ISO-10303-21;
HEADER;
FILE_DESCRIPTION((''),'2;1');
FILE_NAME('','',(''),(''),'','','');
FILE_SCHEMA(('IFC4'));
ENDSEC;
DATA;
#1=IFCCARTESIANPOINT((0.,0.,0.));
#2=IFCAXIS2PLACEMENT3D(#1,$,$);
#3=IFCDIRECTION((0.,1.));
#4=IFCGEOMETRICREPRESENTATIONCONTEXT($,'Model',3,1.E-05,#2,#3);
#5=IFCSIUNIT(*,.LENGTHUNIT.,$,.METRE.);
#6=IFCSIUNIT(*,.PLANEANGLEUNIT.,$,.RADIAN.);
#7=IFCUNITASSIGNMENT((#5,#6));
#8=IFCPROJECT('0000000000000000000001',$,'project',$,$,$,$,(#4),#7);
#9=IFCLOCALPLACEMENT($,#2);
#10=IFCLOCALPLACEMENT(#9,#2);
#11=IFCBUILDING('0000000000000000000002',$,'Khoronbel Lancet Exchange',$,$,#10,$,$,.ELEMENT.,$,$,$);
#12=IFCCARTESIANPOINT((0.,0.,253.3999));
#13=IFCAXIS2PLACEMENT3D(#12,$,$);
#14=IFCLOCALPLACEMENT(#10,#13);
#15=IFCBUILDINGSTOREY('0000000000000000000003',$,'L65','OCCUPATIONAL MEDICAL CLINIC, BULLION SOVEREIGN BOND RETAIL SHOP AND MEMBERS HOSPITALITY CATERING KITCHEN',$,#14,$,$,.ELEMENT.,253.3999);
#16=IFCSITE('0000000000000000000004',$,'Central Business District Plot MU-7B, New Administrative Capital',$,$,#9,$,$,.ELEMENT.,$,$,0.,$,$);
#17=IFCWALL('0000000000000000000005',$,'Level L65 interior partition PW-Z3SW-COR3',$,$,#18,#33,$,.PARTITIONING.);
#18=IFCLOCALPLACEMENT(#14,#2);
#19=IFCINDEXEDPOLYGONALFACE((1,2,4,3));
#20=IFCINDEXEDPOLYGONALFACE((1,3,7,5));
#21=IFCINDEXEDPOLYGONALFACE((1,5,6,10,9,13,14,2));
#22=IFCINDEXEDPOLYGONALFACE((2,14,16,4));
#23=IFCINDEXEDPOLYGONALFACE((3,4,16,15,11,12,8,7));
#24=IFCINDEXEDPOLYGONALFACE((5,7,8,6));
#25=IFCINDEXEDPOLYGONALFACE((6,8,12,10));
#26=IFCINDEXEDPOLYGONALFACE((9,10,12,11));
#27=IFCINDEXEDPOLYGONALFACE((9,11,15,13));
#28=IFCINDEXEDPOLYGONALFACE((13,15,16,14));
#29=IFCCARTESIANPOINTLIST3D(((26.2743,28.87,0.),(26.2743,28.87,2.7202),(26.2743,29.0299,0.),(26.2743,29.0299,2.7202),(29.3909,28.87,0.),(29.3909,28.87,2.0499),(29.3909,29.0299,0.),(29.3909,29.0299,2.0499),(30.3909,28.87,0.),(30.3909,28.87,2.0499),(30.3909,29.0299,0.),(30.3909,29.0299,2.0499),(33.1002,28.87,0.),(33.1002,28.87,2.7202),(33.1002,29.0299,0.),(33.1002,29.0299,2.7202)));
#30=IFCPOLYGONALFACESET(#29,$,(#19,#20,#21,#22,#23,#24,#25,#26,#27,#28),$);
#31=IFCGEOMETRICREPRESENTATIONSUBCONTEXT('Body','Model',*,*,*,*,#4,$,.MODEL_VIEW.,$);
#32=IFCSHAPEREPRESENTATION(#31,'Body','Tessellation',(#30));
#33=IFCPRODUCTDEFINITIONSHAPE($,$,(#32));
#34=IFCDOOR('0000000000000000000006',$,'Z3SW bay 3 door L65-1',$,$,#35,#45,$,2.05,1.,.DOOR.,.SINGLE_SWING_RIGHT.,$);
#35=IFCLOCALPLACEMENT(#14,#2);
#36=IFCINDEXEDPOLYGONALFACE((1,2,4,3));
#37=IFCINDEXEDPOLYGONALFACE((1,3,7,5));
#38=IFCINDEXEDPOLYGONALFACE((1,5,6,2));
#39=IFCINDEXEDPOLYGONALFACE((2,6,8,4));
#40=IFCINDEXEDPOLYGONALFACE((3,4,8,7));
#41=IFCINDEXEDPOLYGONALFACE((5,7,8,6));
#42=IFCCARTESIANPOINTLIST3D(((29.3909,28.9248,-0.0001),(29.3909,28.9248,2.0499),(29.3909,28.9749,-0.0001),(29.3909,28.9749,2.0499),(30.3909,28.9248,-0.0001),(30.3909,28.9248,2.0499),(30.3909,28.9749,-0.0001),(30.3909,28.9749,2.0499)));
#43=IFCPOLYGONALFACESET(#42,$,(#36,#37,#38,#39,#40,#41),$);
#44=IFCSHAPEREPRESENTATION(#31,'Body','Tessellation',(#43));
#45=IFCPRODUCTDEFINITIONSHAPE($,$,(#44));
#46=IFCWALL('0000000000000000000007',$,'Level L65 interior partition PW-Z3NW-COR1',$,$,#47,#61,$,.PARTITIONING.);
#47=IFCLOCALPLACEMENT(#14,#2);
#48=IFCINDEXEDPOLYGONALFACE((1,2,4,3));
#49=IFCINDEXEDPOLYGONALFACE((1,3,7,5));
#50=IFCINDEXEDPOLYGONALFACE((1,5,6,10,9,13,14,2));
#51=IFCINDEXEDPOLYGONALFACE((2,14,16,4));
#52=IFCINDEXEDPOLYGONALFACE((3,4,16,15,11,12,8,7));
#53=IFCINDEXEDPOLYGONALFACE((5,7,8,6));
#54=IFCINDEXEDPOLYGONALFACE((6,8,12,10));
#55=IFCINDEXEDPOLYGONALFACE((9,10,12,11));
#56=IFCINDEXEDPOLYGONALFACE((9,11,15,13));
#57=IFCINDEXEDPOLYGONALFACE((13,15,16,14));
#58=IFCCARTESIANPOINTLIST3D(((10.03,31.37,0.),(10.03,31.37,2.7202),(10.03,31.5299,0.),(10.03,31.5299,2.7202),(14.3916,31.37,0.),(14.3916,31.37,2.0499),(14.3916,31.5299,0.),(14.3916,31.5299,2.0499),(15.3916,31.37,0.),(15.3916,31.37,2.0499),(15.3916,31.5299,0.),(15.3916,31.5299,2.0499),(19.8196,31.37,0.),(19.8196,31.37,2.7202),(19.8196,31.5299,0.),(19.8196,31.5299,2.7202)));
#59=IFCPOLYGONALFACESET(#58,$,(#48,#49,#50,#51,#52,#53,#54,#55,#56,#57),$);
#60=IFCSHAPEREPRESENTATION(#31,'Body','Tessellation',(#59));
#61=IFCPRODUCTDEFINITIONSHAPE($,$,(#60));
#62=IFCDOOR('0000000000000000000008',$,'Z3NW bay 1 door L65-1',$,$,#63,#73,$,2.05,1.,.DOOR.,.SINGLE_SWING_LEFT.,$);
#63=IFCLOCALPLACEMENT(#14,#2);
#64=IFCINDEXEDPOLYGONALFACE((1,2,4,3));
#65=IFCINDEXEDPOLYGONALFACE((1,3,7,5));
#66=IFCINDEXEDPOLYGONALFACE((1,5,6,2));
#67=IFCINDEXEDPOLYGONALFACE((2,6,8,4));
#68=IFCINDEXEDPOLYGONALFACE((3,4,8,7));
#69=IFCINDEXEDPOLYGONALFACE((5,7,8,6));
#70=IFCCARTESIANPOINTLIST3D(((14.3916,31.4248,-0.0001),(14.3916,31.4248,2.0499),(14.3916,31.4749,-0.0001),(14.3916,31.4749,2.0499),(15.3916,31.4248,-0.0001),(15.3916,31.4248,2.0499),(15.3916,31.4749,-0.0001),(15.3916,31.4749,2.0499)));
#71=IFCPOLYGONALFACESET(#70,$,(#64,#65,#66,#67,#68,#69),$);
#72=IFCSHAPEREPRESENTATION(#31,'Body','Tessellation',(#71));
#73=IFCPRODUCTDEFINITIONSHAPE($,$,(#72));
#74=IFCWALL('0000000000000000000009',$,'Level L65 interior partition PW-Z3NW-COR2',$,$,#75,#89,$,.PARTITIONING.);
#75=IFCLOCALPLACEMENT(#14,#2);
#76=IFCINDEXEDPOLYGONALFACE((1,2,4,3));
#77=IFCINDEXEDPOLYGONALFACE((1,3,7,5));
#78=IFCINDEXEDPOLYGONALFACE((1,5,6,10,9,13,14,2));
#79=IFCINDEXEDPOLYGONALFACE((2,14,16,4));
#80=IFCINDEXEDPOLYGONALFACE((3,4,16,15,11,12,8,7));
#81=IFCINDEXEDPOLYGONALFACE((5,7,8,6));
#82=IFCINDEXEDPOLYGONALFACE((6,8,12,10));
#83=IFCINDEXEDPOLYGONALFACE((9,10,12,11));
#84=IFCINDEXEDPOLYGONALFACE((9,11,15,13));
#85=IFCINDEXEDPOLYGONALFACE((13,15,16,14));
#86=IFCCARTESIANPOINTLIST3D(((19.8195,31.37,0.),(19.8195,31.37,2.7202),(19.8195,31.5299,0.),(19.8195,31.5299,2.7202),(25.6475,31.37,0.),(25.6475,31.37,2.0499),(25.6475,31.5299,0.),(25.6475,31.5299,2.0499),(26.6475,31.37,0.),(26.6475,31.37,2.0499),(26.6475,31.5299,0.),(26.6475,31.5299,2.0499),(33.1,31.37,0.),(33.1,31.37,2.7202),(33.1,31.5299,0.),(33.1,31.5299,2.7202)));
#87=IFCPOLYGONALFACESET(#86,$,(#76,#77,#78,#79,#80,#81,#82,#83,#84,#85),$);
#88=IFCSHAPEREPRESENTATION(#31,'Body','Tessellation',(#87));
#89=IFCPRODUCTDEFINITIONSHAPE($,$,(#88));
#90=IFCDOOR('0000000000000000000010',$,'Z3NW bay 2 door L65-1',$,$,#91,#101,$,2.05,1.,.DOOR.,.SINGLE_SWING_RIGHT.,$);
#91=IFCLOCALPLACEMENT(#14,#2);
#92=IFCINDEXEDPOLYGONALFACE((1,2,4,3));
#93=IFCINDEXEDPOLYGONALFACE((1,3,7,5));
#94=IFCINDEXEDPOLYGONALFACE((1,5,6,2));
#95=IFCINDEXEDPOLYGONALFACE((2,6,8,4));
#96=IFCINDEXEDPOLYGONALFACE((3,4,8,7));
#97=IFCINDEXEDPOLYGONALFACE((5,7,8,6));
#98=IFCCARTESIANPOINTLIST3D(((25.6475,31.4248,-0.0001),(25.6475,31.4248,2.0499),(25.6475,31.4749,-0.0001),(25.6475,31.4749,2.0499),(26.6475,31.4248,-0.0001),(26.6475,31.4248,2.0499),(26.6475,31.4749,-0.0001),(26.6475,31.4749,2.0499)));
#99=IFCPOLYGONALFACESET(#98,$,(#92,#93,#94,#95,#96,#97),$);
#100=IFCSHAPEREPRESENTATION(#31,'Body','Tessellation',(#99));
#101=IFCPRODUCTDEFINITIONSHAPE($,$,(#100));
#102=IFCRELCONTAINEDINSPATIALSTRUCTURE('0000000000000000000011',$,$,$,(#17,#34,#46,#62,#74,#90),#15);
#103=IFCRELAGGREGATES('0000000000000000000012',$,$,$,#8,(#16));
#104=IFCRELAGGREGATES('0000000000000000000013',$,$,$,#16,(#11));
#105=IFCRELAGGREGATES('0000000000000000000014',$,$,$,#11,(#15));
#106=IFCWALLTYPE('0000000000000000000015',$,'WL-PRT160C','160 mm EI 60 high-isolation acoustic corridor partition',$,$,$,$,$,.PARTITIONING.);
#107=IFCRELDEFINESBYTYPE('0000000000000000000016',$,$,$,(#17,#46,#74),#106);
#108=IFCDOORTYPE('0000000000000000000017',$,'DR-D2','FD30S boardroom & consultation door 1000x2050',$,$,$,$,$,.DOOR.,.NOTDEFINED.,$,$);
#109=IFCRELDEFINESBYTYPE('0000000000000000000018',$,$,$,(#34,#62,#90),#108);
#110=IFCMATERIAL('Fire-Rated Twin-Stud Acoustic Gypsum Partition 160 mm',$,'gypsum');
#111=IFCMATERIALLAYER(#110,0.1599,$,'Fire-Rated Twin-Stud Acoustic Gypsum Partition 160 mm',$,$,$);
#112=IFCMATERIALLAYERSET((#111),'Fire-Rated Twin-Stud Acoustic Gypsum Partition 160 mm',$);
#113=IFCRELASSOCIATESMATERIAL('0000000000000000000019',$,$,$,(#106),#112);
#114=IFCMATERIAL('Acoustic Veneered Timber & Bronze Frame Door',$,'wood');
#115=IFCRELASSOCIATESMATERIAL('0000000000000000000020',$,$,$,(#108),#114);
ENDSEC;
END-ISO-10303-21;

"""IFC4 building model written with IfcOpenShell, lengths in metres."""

from ifc_helpers import new_model, si_unit, direction, frame, frame_2d, origin, place, context, subcontext, project, spatial, rectangle, extrude, material, layer, layer_set, type_object, element, fill, save


model = new_model("IFC4")

# Units and contexts
model_context = context("Model", 3, precision=1e-05, world=origin(), true_north=direction((0.0, 1.0)))
body_context = subcontext(model_context, "Body", "Model", "MODEL_VIEW")
ifc_project = project(units=[si_unit("LENGTHUNIT", "METRE"), si_unit("PLANEANGLEUNIT", "RADIAN")], contexts=[model_context])

# Site, building, storey
site_placement = place(None, origin())
site = spatial("IfcSite", under=ifc_project, at=site_placement, Name="Central Business District Plot MU-7B, New Administrative Capital", CompositionType="ELEMENT", RefElevation=0.0)
building_placement = place(site_placement, origin())
building = spatial("IfcBuilding", under=site, at=building_placement, Name="Khoronbel Lancet Exchange", CompositionType="ELEMENT")
storey_placement = place(building_placement, frame((0.0, 0.0, 253.3999)))
storey = spatial("IfcBuildingStorey", under=building, at=storey_placement, Name="L65", Description="OCCUPATIONAL MEDICAL CLINIC, BULLION SOVEREIGN BOND RETAIL SHOP AND MEMBERS HOSPITALITY CATERING KITCHEN", CompositionType="ELEMENT", Elevation=253.3999)

# Walls, openings, doors
ifc_material_1 = material(Name="Fire-Rated Twin-Stud Acoustic Gypsum Partition 160 mm", Category="gypsum")
ifc_layer_1 = layer(ifc_material_1, 0.1599, Name="Fire-Rated Twin-Stud Acoustic Gypsum Partition 160 mm")
ifc_layer_set_1 = layer_set([ifc_layer_1], Name="Fire-Rated Twin-Stud Acoustic Gypsum Partition 160 mm")
wall_type_1 = type_object("IfcWallType", Name="WL-PRT160C", Description="160 mm EI 60 high-isolation acoustic corridor partition", PredefinedType="PARTITIONING", material=ifc_layer_set_1)
ifc_material_2 = material(Name="Acoustic Veneered Timber & Bronze Frame Door", Category="wood")
door_type_1 = type_object("IfcDoorType", Name="DR-D2", Description="FD30S boardroom & consultation door 1000x2050", OperationType="NOTDEFINED", PredefinedType="DOOR", material=ifc_material_2)
wall_1_placement = place(storey_placement, frame((26.2742, 28.95, 0.0), z_axis=(0.0, 0.0, 1.0), x_axis=(1.0, 0.0, 0.0)))
wall_1 = element("IfcWall", 1, at=wall_1_placement, inside=storey, type_object=wall_type_1, Name="Level L65 interior partition PW-Z3SW-COR3", PredefinedType="PARTITIONING", context=body_context, shape_type="SweptSolid", body=[
    extrude(rectangle(XDim=6.8259, YDim=0.1599, at=frame_2d((3.4131, 0.0))), origin(), (0.0, 0.0, 1.0), 2.7202),
])
opening_1_placement = place(wall_1_placement, frame((3.1167, 0.0, 0.0)))
opening_1 = element("IfcOpeningElement", 2, at=opening_1_placement, cuts=wall_1, PredefinedType="OPENING", context=body_context, shape_type="SweptSolid", body=[
    extrude(rectangle(XDim=1.0, YDim=2.05, at=frame_2d((0.5, 1.0249))), frame((0.0, 0.0898, 0.0), z_axis=(0.0, -1.0, 0.0), x_axis=(1.0, 0.0, 0.0)), (0.0, 0.0, 1.0), 0.1799),
])
door_1_placement = place(opening_1_placement, origin())
door_1 = element("IfcDoor", 3, at=door_1_placement, inside=storey, type_object=door_type_1, Name="Z3SW bay 3 door L65-1", OperationType="SINGLE_SWING_RIGHT", OverallHeight=2.05, OverallWidth=1.0, PredefinedType="DOOR", context=body_context, shape_type="SweptSolid", body=[
    extrude(rectangle(XDim=1.0, YDim=2.05, at=frame_2d((0.5, 1.0249))), frame((0.0, 0.0249, 0.0), z_axis=(0.0, -1.0, 0.0), x_axis=(1.0, 0.0, 0.0)), (0.0, 0.0, 1.0), 0.05),
])
fill(opening_1, door_1)
wall_2_placement = place(storey_placement, frame((10.03, 31.45, 0.0), z_axis=(0.0, 0.0, 1.0), x_axis=(1.0, 0.0, 0.0)))
wall_2 = element("IfcWall", 4, at=wall_2_placement, inside=storey, type_object=wall_type_1, Name="Level L65 interior partition PW-Z3NW-COR1", PredefinedType="PARTITIONING", context=body_context, shape_type="SweptSolid", body=[
    extrude(rectangle(XDim=9.7896, YDim=0.1599, at=frame_2d((4.8948, 0.0))), origin(), (0.0, 0.0, 1.0), 2.7202),
])
opening_2_placement = place(wall_2_placement, frame((4.3616, 0.0, 0.0)))
opening_2 = element("IfcOpeningElement", 5, at=opening_2_placement, cuts=wall_2, PredefinedType="OPENING", context=body_context, shape_type="SweptSolid", body=[
    extrude(rectangle(XDim=1.0, YDim=2.05, at=frame_2d((0.5, 1.0249))), frame((0.0, 0.0898, 0.0), z_axis=(0.0, -1.0, 0.0), x_axis=(1.0, 0.0, 0.0)), (0.0, 0.0, 1.0), 0.1799),
])
door_2_placement = place(opening_2_placement, origin())
door_2 = element("IfcDoor", 6, at=door_2_placement, inside=storey, type_object=door_type_1, Name="Z3NW bay 1 door L65-1", OperationType="SINGLE_SWING_LEFT", OverallHeight=2.05, OverallWidth=1.0, PredefinedType="DOOR", context=body_context, shape_type="SweptSolid", body=[
    extrude(rectangle(XDim=1.0, YDim=2.05, at=frame_2d((0.5, 1.0249))), frame((0.0, 0.0249, 0.0), z_axis=(0.0, -1.0, 0.0), x_axis=(1.0, 0.0, 0.0)), (0.0, 0.0, 1.0), 0.05),
])
fill(opening_2, door_2)
wall_3_placement = place(storey_placement, frame((19.8196, 31.45, 0.0), z_axis=(0.0, 0.0, 1.0), x_axis=(1.0, 0.0, 0.0)))
wall_3 = element("IfcWall", 7, at=wall_3_placement, inside=storey, type_object=wall_type_1, Name="Level L65 interior partition PW-Z3NW-COR2", PredefinedType="PARTITIONING", context=body_context, shape_type="SweptSolid", body=[
    extrude(rectangle(XDim=13.2805, YDim=0.1599, at=frame_2d((6.6401, 0.0))), origin(), (0.0, 0.0, 1.0), 2.7202),
])
opening_3_placement = place(wall_3_placement, frame((5.8279, 0.0, 0.0)))
opening_3 = element("IfcOpeningElement", 8, at=opening_3_placement, cuts=wall_3, PredefinedType="OPENING", context=body_context, shape_type="SweptSolid", body=[
    extrude(rectangle(XDim=1.0, YDim=2.05, at=frame_2d((0.5, 1.0249))), frame((0.0, 0.0898, 0.0), z_axis=(0.0, -1.0, 0.0), x_axis=(1.0, 0.0, 0.0)), (0.0, 0.0, 1.0), 0.1799),
])
door_3_placement = place(opening_3_placement, origin())
door_3 = element("IfcDoor", 9, at=door_3_placement, inside=storey, type_object=door_type_1, Name="Z3NW bay 2 door L65-1", OperationType="SINGLE_SWING_RIGHT", OverallHeight=2.05, OverallWidth=1.0, PredefinedType="DOOR", context=body_context, shape_type="SweptSolid", body=[
    extrude(rectangle(XDim=1.0, YDim=2.05, at=frame_2d((0.5, 1.0249))), frame((0.0, 0.0249, 0.0), z_axis=(0.0, -1.0, 0.0), x_axis=(1.0, 0.0, 0.0)), (0.0, 0.0, 1.0), 0.05),
])
fill(opening_3, door_3)

save(model, "model.ifc")
